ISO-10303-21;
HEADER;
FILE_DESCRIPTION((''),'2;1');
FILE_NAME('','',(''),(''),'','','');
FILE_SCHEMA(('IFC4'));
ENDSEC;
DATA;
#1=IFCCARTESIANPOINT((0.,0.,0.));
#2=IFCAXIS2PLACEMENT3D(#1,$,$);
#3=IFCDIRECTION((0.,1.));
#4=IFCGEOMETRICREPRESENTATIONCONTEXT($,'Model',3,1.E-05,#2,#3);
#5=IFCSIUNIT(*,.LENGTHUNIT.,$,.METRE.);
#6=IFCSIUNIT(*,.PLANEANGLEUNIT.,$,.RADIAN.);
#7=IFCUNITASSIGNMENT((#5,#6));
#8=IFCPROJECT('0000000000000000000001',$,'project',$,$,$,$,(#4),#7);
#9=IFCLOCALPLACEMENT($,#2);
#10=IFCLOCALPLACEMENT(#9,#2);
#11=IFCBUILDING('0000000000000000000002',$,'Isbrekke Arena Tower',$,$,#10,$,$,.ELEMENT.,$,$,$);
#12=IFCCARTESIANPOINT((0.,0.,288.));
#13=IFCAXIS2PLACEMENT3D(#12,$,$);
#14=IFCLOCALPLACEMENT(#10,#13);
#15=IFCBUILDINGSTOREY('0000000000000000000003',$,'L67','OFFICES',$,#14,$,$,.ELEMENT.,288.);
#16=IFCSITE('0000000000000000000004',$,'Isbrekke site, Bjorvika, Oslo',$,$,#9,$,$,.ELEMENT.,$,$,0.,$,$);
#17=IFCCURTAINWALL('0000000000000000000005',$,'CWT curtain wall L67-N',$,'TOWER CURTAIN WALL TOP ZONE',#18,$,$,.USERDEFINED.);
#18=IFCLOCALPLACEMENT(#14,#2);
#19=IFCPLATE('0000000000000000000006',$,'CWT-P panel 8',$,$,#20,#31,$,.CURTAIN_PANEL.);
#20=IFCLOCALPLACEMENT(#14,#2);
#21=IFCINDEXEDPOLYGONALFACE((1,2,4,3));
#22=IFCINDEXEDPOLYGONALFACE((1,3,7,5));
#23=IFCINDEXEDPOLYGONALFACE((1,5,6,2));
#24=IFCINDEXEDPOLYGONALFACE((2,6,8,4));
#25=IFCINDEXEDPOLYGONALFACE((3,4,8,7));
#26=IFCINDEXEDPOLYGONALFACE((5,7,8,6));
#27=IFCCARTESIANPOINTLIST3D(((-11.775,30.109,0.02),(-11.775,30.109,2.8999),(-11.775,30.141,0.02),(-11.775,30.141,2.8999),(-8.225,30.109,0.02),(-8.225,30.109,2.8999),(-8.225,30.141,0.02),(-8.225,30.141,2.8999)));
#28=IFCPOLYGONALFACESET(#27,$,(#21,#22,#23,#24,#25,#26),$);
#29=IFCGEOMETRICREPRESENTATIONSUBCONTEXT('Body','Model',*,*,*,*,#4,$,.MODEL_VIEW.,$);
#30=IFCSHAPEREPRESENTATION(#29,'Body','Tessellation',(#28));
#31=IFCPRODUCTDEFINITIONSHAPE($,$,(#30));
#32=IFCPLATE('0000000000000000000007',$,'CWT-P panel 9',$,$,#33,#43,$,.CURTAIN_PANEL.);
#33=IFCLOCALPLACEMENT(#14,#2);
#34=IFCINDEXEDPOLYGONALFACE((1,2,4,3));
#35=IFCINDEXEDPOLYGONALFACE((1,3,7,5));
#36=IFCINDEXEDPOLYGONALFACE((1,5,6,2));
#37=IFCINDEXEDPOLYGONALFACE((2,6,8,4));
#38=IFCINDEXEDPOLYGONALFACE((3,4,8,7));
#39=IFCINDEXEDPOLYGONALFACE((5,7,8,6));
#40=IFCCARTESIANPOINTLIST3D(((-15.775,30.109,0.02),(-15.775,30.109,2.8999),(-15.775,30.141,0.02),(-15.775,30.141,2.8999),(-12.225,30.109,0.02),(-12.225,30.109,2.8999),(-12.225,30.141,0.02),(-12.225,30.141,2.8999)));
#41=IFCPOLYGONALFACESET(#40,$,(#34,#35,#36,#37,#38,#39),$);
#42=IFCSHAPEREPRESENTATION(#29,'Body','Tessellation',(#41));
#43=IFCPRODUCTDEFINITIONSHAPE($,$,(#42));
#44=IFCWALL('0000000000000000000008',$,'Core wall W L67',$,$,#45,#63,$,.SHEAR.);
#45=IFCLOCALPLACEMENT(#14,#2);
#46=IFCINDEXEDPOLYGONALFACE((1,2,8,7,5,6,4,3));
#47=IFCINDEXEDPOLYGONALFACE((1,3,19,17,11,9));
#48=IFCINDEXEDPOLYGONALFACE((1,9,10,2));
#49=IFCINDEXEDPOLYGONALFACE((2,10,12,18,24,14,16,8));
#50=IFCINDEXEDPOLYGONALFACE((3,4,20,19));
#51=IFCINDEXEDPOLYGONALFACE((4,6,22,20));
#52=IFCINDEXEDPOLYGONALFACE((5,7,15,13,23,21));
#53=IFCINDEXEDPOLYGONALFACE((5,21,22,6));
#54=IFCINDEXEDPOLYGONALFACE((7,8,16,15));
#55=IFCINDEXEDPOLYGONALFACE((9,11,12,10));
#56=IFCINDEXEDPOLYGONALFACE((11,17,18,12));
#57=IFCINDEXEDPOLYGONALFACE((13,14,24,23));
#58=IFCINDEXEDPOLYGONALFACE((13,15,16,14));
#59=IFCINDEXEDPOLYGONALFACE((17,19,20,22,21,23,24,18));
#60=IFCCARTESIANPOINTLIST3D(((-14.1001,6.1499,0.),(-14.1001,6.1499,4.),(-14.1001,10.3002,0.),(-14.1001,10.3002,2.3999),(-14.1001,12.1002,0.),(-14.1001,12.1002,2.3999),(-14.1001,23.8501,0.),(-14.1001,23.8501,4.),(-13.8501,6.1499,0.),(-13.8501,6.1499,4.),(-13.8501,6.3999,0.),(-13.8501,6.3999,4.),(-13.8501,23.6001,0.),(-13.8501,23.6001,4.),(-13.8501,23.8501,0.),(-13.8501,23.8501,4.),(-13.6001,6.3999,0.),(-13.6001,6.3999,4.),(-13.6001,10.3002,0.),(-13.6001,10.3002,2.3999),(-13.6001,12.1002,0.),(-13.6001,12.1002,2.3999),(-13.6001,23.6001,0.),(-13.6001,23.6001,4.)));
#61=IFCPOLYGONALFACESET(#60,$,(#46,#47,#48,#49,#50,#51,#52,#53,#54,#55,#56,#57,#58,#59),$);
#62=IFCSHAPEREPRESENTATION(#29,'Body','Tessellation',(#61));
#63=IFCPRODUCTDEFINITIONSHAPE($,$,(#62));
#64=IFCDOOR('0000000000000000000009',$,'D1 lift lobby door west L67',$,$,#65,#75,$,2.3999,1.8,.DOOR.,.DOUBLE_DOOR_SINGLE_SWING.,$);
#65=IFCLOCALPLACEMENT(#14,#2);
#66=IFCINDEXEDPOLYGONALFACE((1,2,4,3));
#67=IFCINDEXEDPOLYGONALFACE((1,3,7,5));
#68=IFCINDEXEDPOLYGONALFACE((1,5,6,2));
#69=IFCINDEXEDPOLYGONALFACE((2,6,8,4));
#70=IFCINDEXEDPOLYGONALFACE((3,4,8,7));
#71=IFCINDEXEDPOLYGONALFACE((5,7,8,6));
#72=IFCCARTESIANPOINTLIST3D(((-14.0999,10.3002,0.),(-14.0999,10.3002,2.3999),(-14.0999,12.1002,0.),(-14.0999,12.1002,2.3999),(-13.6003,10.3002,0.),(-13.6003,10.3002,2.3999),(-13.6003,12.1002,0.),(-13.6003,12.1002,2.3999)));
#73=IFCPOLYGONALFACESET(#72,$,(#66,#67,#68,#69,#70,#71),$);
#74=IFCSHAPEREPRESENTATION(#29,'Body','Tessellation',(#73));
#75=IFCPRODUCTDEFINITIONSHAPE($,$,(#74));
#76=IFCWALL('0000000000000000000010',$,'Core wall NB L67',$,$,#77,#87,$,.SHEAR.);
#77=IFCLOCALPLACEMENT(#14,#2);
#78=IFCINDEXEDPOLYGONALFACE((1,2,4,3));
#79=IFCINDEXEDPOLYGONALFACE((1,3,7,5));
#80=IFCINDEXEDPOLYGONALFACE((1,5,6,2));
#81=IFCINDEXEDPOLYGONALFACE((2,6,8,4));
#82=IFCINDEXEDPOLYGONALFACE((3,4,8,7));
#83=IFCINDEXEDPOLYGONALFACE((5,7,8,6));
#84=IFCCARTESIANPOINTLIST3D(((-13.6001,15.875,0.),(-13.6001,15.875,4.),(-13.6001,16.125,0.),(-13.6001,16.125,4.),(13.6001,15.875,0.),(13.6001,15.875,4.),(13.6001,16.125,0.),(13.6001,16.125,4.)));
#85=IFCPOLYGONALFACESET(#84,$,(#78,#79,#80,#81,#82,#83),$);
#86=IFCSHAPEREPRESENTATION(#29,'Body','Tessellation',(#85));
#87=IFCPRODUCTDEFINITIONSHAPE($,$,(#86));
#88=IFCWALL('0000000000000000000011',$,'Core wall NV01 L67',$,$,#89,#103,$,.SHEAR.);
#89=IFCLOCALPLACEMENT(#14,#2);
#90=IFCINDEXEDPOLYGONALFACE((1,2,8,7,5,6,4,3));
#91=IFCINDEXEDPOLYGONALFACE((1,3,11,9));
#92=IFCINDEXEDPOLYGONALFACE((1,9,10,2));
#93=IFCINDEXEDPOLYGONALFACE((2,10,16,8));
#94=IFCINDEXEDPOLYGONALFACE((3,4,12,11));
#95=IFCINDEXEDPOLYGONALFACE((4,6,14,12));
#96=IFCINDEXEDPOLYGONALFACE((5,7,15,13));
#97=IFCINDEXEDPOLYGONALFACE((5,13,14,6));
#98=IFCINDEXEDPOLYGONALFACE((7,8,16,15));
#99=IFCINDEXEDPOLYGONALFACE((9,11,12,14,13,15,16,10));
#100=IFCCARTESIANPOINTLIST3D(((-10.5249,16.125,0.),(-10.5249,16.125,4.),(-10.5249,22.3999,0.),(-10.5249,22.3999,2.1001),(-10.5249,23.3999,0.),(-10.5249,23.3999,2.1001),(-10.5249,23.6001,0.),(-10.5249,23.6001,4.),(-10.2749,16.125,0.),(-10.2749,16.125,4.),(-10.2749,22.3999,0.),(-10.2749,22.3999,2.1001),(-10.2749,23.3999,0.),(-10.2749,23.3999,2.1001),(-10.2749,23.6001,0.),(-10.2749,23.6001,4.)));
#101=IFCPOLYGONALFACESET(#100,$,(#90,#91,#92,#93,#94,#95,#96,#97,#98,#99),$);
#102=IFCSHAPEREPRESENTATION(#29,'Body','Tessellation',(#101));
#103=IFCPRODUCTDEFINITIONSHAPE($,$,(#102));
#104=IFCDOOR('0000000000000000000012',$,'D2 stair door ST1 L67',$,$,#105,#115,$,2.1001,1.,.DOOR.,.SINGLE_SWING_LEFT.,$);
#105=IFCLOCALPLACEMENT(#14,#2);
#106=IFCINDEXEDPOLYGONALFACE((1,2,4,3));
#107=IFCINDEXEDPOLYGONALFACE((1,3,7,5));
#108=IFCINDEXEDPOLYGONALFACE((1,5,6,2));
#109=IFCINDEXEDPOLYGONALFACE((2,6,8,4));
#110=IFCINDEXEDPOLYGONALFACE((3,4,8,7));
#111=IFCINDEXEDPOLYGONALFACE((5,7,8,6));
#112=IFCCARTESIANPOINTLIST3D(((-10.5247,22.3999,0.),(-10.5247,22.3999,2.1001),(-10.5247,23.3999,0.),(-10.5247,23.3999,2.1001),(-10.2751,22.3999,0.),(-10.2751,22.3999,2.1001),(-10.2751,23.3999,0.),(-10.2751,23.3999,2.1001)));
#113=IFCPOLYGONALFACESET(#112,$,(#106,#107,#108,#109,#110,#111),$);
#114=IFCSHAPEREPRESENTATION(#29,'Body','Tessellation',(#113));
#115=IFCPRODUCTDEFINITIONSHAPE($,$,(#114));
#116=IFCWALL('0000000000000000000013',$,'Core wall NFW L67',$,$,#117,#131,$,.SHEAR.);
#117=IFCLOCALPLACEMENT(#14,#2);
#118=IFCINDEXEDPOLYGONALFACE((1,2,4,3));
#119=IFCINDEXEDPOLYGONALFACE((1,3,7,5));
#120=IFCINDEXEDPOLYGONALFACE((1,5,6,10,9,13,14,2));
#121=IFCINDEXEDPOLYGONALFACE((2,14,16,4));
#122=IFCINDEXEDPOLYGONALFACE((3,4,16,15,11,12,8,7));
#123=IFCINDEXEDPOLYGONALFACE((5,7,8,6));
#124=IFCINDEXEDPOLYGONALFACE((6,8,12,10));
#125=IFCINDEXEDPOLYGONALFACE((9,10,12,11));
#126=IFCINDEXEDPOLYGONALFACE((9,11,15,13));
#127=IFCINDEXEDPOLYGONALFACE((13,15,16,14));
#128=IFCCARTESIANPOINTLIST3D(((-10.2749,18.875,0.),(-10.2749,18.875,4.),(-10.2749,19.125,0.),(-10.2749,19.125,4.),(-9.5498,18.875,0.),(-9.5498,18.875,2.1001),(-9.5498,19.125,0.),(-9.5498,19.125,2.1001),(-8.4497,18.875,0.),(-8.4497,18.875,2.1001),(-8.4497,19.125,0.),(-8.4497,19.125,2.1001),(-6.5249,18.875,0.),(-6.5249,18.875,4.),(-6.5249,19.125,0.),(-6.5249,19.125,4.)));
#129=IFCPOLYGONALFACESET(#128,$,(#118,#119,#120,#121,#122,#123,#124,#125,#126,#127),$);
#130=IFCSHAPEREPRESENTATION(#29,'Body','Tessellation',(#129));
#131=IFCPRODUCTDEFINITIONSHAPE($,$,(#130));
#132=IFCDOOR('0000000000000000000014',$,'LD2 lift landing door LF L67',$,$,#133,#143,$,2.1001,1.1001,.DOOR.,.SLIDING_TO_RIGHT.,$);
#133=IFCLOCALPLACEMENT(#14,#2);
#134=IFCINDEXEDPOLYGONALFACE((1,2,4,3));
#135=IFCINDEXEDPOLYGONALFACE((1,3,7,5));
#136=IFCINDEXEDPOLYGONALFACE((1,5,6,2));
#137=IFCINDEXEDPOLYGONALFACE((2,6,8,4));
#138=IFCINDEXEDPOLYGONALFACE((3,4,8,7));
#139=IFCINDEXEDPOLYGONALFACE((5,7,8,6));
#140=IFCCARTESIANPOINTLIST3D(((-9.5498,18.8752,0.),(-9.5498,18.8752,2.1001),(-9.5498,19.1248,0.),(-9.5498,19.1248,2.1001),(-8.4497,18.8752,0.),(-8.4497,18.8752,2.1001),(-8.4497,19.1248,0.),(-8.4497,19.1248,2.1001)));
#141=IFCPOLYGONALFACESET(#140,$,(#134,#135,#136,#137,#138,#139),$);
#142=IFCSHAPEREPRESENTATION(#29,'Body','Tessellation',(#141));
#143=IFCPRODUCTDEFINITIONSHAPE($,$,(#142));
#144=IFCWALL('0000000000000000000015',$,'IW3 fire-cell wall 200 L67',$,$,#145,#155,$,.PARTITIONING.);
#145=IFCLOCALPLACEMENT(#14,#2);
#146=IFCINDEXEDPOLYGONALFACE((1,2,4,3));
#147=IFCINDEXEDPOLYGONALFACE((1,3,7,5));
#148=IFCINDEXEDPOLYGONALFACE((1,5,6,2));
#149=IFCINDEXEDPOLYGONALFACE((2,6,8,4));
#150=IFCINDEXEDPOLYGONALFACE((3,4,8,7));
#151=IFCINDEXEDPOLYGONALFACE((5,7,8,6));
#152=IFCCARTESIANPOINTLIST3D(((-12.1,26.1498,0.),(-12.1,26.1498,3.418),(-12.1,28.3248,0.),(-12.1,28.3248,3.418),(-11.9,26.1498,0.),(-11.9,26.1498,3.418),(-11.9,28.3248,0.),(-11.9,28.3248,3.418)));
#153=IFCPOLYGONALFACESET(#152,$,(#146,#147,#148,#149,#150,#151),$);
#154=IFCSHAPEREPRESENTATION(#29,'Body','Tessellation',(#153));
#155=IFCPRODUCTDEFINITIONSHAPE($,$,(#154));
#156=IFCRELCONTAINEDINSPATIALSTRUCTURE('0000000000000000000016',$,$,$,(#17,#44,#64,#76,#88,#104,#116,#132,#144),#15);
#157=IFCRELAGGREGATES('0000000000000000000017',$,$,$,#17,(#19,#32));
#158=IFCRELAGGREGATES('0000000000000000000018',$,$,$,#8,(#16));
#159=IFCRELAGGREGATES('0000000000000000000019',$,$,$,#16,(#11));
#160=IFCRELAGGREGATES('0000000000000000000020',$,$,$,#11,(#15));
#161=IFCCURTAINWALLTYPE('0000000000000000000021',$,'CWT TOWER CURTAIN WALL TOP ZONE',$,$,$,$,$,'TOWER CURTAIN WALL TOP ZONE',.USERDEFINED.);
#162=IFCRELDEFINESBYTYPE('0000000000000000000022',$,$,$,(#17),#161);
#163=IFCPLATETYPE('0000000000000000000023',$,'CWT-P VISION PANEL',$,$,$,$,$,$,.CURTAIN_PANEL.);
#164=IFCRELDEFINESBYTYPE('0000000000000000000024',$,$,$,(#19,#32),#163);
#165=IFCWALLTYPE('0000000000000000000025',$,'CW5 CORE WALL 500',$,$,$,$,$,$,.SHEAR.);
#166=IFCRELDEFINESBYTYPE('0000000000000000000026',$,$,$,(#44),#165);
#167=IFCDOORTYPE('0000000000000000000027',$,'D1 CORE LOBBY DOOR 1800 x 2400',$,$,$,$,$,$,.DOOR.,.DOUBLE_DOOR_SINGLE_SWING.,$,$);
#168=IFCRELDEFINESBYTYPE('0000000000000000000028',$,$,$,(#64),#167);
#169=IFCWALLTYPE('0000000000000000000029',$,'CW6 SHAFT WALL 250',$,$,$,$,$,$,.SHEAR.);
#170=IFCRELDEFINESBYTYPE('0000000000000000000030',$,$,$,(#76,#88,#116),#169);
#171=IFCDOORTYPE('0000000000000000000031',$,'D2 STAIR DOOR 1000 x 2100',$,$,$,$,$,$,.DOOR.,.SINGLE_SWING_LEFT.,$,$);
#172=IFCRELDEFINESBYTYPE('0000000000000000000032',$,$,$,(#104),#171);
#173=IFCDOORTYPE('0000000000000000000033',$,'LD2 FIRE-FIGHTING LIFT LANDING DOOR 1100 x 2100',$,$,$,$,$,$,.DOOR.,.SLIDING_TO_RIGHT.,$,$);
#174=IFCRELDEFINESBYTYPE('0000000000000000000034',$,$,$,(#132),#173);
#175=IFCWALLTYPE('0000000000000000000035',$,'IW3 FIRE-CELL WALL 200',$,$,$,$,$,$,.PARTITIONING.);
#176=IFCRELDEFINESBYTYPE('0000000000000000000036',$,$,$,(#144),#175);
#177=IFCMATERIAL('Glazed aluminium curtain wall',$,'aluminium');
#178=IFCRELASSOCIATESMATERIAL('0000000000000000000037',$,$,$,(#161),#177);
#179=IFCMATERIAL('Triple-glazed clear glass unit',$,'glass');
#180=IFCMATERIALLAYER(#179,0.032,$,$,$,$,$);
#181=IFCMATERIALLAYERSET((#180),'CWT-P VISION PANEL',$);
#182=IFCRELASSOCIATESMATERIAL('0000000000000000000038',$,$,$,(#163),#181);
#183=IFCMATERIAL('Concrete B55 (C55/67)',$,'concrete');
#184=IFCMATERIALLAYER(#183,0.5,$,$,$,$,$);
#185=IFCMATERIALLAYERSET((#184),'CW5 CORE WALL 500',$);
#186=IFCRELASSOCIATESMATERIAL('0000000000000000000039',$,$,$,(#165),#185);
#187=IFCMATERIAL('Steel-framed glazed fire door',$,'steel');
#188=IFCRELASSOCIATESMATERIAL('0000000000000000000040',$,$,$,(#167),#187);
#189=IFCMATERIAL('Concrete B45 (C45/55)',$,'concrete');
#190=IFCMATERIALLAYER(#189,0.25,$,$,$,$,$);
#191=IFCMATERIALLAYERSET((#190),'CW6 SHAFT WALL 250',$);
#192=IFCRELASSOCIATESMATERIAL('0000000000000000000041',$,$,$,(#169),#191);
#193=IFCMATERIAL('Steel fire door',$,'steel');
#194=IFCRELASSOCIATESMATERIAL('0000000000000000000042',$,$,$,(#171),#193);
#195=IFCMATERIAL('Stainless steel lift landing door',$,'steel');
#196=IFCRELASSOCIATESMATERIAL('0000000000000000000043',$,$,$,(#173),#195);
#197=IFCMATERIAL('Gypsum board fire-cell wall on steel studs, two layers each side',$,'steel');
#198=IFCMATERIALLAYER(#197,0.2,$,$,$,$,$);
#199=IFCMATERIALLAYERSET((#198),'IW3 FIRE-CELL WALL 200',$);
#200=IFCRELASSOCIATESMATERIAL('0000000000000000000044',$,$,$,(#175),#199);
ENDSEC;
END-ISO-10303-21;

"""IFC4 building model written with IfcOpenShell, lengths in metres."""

from ifc_helpers import new_model, si_unit, direction, frame, frame_2d, origin, origin_2d, place, context, subcontext, project, spatial, polyline, rectangle, outline, extrude, material, layer, layer_set, type_object, element, fill, aggregate, save


model = new_model("IFC4")

# Units and contexts
model_context = context("Model", 3, precision=1e-05, world=origin(), true_north=direction((0.0, 1.0)))
body_context = subcontext(model_context, "Body", "Model", "MODEL_VIEW")
ifc_project = project(units=[si_unit("LENGTHUNIT", "METRE"), si_unit("PLANEANGLEUNIT", "RADIAN")], contexts=[model_context])

# Site, building, storey
site_placement = place(None, origin())
site = spatial("IfcSite", under=ifc_project, at=site_placement, Name="Isbrekke site, Bjorvika, Oslo", CompositionType="ELEMENT", RefElevation=0.0)
building_placement = place(site_placement, origin())
building = spatial("IfcBuilding", under=site, at=building_placement, Name="Isbrekke Arena Tower", CompositionType="ELEMENT")
storey_placement = place(building_placement, frame((0.0, 0.0, 288.0)))
storey = spatial("IfcBuildingStorey", under=building, at=storey_placement, Name="L67", Description="OFFICES", CompositionType="ELEMENT", Elevation=288.0)

# Curtain wall
ifc_material_1 = material(Name="Glazed aluminium curtain wall", Category="aluminium")
curtain_wall_type = type_object("IfcCurtainWallType", Name="CWT TOWER CURTAIN WALL TOP ZONE", ElementType="TOWER CURTAIN WALL TOP ZONE", PredefinedType="USERDEFINED", material=ifc_material_1)
curtain_wall_placement = place(storey_placement, origin())
curtain_wall = element("IfcCurtainWall", 1, at=curtain_wall_placement, inside=storey, type_object=curtain_wall_type, Name="CWT curtain wall L67-N", ObjectType="TOWER CURTAIN WALL TOP ZONE", PredefinedType="USERDEFINED")

# Plates
ifc_material_2 = material(Name="Triple-glazed clear glass unit", Category="glass")
ifc_layer_1 = layer(ifc_material_2, 0.032)
ifc_layer_set_1 = layer_set([ifc_layer_1], Name="CWT-P VISION PANEL")
plate_type = type_object("IfcPlateType", Name="CWT-P VISION PANEL", PredefinedType="CURTAIN_PANEL", material=ifc_layer_set_1)
plate_1_placement = place(storey_placement, frame((-10.0, 30.125, 0.02), z_axis=(0.0, 0.0, 1.0), x_axis=(-1.0, 0.0, 0.0)))
plate_1 = element("IfcPlate", 2, at=plate_1_placement, type_object=plate_type, Name="CWT-P panel 8", PredefinedType="CURTAIN_PANEL", context=body_context, shape_type="SweptSolid", body=[
    extrude(rectangle(XDim=3.55, YDim=0.032, at=origin_2d()), origin(), (0.0, 0.0, 1.0), 2.8799),
])
plate_2_placement = place(storey_placement, frame((-14.0, 30.125, 0.02), z_axis=(0.0, 0.0, 1.0), x_axis=(-1.0, 0.0, 0.0)))
plate_2 = element("IfcPlate", 3, at=plate_2_placement, type_object=plate_type, Name="CWT-P panel 9", PredefinedType="CURTAIN_PANEL", context=body_context, shape_type="SweptSolid", body=[
    extrude(rectangle(XDim=3.55, YDim=0.032, at=origin_2d()), origin(), (0.0, 0.0, 1.0), 2.8799),
])
aggregate(curtain_wall, [plate_1, plate_2])

# Wall, opening, door
ifc_material_3 = material(Name="Concrete B55 (C55/67)", Category="concrete")
ifc_layer_2 = layer(ifc_material_3, 0.5)
ifc_layer_set_2 = layer_set([ifc_layer_2], Name="CW5 CORE WALL 500")
wall_type_1 = type_object("IfcWallType", Name="CW5 CORE WALL 500", PredefinedType="SHEAR", material=ifc_layer_set_2)
wall_1_placement = place(storey_placement, frame((-13.8501, 23.8501, 0.0), z_axis=(0.0, 0.0, 1.0), x_axis=(0.0, -1.0, 0.0)))
wall_1 = element("IfcWall", 4, at=wall_1_placement, inside=storey, type_object=wall_type_1, Name="Core wall W L67", PredefinedType="SHEAR", context=body_context, shape_type="SweptSolid", body=[
    extrude(outline(polyline([(0.0, -0.25), (17.7002, -0.25), (17.7002, 0.0), (17.4502, 0.0), (17.4502, 0.25), (0.25, 0.25), (0.25, 0.0), (0.0, 0.0), (0.0, -0.25)])), origin(), (0.0, 0.0, 1.0), 4.0),
])
opening_1_placement = place(wall_1_placement, frame((11.75, 0.0, 0.0)))
opening_1 = element("IfcOpeningElement", 5, at=opening_1_placement, cuts=wall_1, PredefinedType="OPENING", context=body_context, shape_type="SweptSolid", body=[
    extrude(rectangle(XDim=1.8, YDim=2.3999, at=frame_2d((0.8999, 1.2))), frame((0.0, 0.2649, 0.0), z_axis=(0.0, -1.0, 0.0), x_axis=(1.0, 0.0, 0.0)), (0.0, 0.0, 1.0), 0.5298),
])
ifc_material_4 = material(Name="Steel-framed glazed fire door", Category="steel")
door_type_1 = type_object("IfcDoorType", Name="D1 CORE LOBBY DOOR 1800 x 2400", OperationType="DOUBLE_DOOR_SINGLE_SWING", PredefinedType="DOOR", material=ifc_material_4)
door_1_placement = place(opening_1_placement, origin())
door_1 = element("IfcDoor", 6, at=door_1_placement, inside=storey, type_object=door_type_1, Name="D1 lift lobby door west L67", OperationType="DOUBLE_DOOR_SINGLE_SWING", OverallHeight=2.3999, OverallWidth=1.8, PredefinedType="DOOR", context=body_context, shape_type="SweptSolid", body=[
    extrude(rectangle(XDim=1.8, YDim=2.3999, at=frame_2d((0.8999, 1.2))), frame((0.0, 0.2498, 0.0), z_axis=(0.0, -1.0, 0.0), x_axis=(1.0, 0.0, 0.0)), (0.0, 0.0, 1.0), 0.4995),
])
fill(opening_1, door_1)

# Wall
ifc_material_5 = material(Name="Concrete B45 (C45/55)", Category="concrete")
ifc_layer_3 = layer(ifc_material_5, 0.25)
ifc_layer_set_3 = layer_set([ifc_layer_3], Name="CW6 SHAFT WALL 250")
wall_type_2 = type_object("IfcWallType", Name="CW6 SHAFT WALL 250", PredefinedType="SHEAR", material=ifc_layer_set_3)
wall_2_placement = place(storey_placement, frame((-13.6001, 16.0, 0.0), z_axis=(0.0, 0.0, 1.0), x_axis=(1.0, 0.0, 0.0)))
element("IfcWall", 7, at=wall_2_placement, inside=storey, type_object=wall_type_2, Name="Core wall NB L67", PredefinedType="SHEAR", context=body_context, shape_type="SweptSolid", body=[
    extrude(rectangle(XDim=27.2002, YDim=0.25, at=frame_2d((13.6001, 0.0))), origin(), (0.0, 0.0, 1.0), 4.0),
])

# Walls, openings, doors
wall_3_placement = place(storey_placement, frame((-10.3999, 16.125, 0.0), z_axis=(0.0, 0.0, 1.0), x_axis=(0.0, 1.0, 0.0)))
wall_3 = element("IfcWall", 8, at=wall_3_placement, inside=storey, type_object=wall_type_2, Name="Core wall NV01 L67", PredefinedType="SHEAR", context=body_context, shape_type="SweptSolid", body=[
    extrude(rectangle(XDim=7.4751, YDim=0.25, at=frame_2d((3.7375, 0.0))), origin(), (0.0, 0.0, 1.0), 4.0),
])
opening_2_placement = place(wall_3_placement, frame((6.2749, 0.0, 0.0)))
opening_2 = element("IfcOpeningElement", 9, at=opening_2_placement, cuts=wall_3, PredefinedType="OPENING", context=body_context, shape_type="SweptSolid", body=[
    extrude(rectangle(XDim=1.0, YDim=2.1001, at=frame_2d((0.5, 1.05))), frame((0.0, 0.1399, 0.0), z_axis=(0.0, -1.0, 0.0), x_axis=(1.0, 0.0, 0.0)), (0.0, 0.0, 1.0), 0.2798),
])
ifc_material_6 = material(Name="Steel fire door", Category="steel")
door_type_2 = type_object("IfcDoorType", Name="D2 STAIR DOOR 1000 x 2100", OperationType="SINGLE_SWING_LEFT", PredefinedType="DOOR", material=ifc_material_6)
door_2_placement = place(opening_2_placement, origin())
door_2 = element("IfcDoor", 10, at=door_2_placement, inside=storey, type_object=door_type_2, Name="D2 stair door ST1 L67", OperationType="SINGLE_SWING_LEFT", OverallHeight=2.1001, OverallWidth=1.0, PredefinedType="DOOR", context=body_context, shape_type="SweptSolid", body=[
    extrude(rectangle(XDim=1.0, YDim=2.1001, at=frame_2d((0.5, 1.05))), frame((0.0, 0.1248, 0.0), z_axis=(0.0, -1.0, 0.0), x_axis=(1.0, 0.0, 0.0)), (0.0, 0.0, 1.0), 0.2495),
])
fill(opening_2, door_2)
wall_4_placement = place(storey_placement, frame((-10.2749, 19.0, 0.0), z_axis=(0.0, 0.0, 1.0), x_axis=(1.0, 0.0, 0.0)))
wall_4 = element("IfcWall", 11, at=wall_4_placement, inside=storey, type_object=wall_type_2, Name="Core wall NFW L67", PredefinedType="SHEAR", context=body_context, shape_type="SweptSolid", body=[
    extrude(rectangle(XDim=3.75, YDim=0.25, at=frame_2d((1.875, 0.0))), origin(), (0.0, 0.0, 1.0), 4.0),
])
opening_3_placement = place(wall_4_placement, frame((0.7251, 0.0, 0.0)))
opening_3 = element("IfcOpeningElement", 12, at=opening_3_placement, cuts=wall_4, PredefinedType="OPENING", context=body_context, shape_type="SweptSolid", body=[
    extrude(rectangle(XDim=1.1001, YDim=2.1001, at=frame_2d((0.55, 1.05))), frame((0.0, 0.1399, 0.0), z_axis=(0.0, -1.0, 0.0), x_axis=(1.0, 0.0, 0.0)), (0.0, 0.0, 1.0), 0.2798),
])
ifc_material_7 = material(Name="Stainless steel lift landing door", Category="steel")
door_type_3 = type_object("IfcDoorType", Name="LD2 FIRE-FIGHTING LIFT LANDING DOOR 1100 x 2100", OperationType="SLIDING_TO_RIGHT", PredefinedType="DOOR", material=ifc_material_7)
door_3_placement = place(opening_3_placement, origin())
door_3 = element("IfcDoor", 13, at=door_3_placement, inside=storey, type_object=door_type_3, Name="LD2 lift landing door LF L67", OperationType="SLIDING_TO_RIGHT", OverallHeight=2.1001, OverallWidth=1.1001, PredefinedType="DOOR", context=body_context, shape_type="SweptSolid", body=[
    extrude(rectangle(XDim=1.1001, YDim=2.1001, at=frame_2d((0.55, 1.05))), frame((0.0, 0.1248, 0.0), z_axis=(0.0, -1.0, 0.0), x_axis=(1.0, 0.0, 0.0)), (0.0, 0.0, 1.0), 0.2495),
])
fill(opening_3, door_3)

# Wall
ifc_material_8 = material(Name="Gypsum board fire-cell wall on steel studs, two layers each side", Category="steel")
ifc_layer_4 = layer(ifc_material_8, 0.2)
ifc_layer_set_4 = layer_set([ifc_layer_4], Name="IW3 FIRE-CELL WALL 200")
wall_type_3 = type_object("IfcWallType", Name="IW3 FIRE-CELL WALL 200", PredefinedType="PARTITIONING", material=ifc_layer_set_4)
wall_5_placement = place(storey_placement, frame((-12.0, 26.1499, 0.0), z_axis=(0.0, 0.0, 1.0), x_axis=(0.0, 1.0, 0.0)))
element("IfcWall", 14, at=wall_5_placement, inside=storey, type_object=wall_type_3, Name="IW3 fire-cell wall 200 L67", PredefinedType="PARTITIONING", context=body_context, shape_type="SweptSolid", body=[
    extrude(rectangle(XDim=2.175, YDim=0.2, at=frame_2d((1.0874, 0.0))), origin(), (0.0, 0.0, 1.0), 3.418),
])

save(model, "model.ifc")
